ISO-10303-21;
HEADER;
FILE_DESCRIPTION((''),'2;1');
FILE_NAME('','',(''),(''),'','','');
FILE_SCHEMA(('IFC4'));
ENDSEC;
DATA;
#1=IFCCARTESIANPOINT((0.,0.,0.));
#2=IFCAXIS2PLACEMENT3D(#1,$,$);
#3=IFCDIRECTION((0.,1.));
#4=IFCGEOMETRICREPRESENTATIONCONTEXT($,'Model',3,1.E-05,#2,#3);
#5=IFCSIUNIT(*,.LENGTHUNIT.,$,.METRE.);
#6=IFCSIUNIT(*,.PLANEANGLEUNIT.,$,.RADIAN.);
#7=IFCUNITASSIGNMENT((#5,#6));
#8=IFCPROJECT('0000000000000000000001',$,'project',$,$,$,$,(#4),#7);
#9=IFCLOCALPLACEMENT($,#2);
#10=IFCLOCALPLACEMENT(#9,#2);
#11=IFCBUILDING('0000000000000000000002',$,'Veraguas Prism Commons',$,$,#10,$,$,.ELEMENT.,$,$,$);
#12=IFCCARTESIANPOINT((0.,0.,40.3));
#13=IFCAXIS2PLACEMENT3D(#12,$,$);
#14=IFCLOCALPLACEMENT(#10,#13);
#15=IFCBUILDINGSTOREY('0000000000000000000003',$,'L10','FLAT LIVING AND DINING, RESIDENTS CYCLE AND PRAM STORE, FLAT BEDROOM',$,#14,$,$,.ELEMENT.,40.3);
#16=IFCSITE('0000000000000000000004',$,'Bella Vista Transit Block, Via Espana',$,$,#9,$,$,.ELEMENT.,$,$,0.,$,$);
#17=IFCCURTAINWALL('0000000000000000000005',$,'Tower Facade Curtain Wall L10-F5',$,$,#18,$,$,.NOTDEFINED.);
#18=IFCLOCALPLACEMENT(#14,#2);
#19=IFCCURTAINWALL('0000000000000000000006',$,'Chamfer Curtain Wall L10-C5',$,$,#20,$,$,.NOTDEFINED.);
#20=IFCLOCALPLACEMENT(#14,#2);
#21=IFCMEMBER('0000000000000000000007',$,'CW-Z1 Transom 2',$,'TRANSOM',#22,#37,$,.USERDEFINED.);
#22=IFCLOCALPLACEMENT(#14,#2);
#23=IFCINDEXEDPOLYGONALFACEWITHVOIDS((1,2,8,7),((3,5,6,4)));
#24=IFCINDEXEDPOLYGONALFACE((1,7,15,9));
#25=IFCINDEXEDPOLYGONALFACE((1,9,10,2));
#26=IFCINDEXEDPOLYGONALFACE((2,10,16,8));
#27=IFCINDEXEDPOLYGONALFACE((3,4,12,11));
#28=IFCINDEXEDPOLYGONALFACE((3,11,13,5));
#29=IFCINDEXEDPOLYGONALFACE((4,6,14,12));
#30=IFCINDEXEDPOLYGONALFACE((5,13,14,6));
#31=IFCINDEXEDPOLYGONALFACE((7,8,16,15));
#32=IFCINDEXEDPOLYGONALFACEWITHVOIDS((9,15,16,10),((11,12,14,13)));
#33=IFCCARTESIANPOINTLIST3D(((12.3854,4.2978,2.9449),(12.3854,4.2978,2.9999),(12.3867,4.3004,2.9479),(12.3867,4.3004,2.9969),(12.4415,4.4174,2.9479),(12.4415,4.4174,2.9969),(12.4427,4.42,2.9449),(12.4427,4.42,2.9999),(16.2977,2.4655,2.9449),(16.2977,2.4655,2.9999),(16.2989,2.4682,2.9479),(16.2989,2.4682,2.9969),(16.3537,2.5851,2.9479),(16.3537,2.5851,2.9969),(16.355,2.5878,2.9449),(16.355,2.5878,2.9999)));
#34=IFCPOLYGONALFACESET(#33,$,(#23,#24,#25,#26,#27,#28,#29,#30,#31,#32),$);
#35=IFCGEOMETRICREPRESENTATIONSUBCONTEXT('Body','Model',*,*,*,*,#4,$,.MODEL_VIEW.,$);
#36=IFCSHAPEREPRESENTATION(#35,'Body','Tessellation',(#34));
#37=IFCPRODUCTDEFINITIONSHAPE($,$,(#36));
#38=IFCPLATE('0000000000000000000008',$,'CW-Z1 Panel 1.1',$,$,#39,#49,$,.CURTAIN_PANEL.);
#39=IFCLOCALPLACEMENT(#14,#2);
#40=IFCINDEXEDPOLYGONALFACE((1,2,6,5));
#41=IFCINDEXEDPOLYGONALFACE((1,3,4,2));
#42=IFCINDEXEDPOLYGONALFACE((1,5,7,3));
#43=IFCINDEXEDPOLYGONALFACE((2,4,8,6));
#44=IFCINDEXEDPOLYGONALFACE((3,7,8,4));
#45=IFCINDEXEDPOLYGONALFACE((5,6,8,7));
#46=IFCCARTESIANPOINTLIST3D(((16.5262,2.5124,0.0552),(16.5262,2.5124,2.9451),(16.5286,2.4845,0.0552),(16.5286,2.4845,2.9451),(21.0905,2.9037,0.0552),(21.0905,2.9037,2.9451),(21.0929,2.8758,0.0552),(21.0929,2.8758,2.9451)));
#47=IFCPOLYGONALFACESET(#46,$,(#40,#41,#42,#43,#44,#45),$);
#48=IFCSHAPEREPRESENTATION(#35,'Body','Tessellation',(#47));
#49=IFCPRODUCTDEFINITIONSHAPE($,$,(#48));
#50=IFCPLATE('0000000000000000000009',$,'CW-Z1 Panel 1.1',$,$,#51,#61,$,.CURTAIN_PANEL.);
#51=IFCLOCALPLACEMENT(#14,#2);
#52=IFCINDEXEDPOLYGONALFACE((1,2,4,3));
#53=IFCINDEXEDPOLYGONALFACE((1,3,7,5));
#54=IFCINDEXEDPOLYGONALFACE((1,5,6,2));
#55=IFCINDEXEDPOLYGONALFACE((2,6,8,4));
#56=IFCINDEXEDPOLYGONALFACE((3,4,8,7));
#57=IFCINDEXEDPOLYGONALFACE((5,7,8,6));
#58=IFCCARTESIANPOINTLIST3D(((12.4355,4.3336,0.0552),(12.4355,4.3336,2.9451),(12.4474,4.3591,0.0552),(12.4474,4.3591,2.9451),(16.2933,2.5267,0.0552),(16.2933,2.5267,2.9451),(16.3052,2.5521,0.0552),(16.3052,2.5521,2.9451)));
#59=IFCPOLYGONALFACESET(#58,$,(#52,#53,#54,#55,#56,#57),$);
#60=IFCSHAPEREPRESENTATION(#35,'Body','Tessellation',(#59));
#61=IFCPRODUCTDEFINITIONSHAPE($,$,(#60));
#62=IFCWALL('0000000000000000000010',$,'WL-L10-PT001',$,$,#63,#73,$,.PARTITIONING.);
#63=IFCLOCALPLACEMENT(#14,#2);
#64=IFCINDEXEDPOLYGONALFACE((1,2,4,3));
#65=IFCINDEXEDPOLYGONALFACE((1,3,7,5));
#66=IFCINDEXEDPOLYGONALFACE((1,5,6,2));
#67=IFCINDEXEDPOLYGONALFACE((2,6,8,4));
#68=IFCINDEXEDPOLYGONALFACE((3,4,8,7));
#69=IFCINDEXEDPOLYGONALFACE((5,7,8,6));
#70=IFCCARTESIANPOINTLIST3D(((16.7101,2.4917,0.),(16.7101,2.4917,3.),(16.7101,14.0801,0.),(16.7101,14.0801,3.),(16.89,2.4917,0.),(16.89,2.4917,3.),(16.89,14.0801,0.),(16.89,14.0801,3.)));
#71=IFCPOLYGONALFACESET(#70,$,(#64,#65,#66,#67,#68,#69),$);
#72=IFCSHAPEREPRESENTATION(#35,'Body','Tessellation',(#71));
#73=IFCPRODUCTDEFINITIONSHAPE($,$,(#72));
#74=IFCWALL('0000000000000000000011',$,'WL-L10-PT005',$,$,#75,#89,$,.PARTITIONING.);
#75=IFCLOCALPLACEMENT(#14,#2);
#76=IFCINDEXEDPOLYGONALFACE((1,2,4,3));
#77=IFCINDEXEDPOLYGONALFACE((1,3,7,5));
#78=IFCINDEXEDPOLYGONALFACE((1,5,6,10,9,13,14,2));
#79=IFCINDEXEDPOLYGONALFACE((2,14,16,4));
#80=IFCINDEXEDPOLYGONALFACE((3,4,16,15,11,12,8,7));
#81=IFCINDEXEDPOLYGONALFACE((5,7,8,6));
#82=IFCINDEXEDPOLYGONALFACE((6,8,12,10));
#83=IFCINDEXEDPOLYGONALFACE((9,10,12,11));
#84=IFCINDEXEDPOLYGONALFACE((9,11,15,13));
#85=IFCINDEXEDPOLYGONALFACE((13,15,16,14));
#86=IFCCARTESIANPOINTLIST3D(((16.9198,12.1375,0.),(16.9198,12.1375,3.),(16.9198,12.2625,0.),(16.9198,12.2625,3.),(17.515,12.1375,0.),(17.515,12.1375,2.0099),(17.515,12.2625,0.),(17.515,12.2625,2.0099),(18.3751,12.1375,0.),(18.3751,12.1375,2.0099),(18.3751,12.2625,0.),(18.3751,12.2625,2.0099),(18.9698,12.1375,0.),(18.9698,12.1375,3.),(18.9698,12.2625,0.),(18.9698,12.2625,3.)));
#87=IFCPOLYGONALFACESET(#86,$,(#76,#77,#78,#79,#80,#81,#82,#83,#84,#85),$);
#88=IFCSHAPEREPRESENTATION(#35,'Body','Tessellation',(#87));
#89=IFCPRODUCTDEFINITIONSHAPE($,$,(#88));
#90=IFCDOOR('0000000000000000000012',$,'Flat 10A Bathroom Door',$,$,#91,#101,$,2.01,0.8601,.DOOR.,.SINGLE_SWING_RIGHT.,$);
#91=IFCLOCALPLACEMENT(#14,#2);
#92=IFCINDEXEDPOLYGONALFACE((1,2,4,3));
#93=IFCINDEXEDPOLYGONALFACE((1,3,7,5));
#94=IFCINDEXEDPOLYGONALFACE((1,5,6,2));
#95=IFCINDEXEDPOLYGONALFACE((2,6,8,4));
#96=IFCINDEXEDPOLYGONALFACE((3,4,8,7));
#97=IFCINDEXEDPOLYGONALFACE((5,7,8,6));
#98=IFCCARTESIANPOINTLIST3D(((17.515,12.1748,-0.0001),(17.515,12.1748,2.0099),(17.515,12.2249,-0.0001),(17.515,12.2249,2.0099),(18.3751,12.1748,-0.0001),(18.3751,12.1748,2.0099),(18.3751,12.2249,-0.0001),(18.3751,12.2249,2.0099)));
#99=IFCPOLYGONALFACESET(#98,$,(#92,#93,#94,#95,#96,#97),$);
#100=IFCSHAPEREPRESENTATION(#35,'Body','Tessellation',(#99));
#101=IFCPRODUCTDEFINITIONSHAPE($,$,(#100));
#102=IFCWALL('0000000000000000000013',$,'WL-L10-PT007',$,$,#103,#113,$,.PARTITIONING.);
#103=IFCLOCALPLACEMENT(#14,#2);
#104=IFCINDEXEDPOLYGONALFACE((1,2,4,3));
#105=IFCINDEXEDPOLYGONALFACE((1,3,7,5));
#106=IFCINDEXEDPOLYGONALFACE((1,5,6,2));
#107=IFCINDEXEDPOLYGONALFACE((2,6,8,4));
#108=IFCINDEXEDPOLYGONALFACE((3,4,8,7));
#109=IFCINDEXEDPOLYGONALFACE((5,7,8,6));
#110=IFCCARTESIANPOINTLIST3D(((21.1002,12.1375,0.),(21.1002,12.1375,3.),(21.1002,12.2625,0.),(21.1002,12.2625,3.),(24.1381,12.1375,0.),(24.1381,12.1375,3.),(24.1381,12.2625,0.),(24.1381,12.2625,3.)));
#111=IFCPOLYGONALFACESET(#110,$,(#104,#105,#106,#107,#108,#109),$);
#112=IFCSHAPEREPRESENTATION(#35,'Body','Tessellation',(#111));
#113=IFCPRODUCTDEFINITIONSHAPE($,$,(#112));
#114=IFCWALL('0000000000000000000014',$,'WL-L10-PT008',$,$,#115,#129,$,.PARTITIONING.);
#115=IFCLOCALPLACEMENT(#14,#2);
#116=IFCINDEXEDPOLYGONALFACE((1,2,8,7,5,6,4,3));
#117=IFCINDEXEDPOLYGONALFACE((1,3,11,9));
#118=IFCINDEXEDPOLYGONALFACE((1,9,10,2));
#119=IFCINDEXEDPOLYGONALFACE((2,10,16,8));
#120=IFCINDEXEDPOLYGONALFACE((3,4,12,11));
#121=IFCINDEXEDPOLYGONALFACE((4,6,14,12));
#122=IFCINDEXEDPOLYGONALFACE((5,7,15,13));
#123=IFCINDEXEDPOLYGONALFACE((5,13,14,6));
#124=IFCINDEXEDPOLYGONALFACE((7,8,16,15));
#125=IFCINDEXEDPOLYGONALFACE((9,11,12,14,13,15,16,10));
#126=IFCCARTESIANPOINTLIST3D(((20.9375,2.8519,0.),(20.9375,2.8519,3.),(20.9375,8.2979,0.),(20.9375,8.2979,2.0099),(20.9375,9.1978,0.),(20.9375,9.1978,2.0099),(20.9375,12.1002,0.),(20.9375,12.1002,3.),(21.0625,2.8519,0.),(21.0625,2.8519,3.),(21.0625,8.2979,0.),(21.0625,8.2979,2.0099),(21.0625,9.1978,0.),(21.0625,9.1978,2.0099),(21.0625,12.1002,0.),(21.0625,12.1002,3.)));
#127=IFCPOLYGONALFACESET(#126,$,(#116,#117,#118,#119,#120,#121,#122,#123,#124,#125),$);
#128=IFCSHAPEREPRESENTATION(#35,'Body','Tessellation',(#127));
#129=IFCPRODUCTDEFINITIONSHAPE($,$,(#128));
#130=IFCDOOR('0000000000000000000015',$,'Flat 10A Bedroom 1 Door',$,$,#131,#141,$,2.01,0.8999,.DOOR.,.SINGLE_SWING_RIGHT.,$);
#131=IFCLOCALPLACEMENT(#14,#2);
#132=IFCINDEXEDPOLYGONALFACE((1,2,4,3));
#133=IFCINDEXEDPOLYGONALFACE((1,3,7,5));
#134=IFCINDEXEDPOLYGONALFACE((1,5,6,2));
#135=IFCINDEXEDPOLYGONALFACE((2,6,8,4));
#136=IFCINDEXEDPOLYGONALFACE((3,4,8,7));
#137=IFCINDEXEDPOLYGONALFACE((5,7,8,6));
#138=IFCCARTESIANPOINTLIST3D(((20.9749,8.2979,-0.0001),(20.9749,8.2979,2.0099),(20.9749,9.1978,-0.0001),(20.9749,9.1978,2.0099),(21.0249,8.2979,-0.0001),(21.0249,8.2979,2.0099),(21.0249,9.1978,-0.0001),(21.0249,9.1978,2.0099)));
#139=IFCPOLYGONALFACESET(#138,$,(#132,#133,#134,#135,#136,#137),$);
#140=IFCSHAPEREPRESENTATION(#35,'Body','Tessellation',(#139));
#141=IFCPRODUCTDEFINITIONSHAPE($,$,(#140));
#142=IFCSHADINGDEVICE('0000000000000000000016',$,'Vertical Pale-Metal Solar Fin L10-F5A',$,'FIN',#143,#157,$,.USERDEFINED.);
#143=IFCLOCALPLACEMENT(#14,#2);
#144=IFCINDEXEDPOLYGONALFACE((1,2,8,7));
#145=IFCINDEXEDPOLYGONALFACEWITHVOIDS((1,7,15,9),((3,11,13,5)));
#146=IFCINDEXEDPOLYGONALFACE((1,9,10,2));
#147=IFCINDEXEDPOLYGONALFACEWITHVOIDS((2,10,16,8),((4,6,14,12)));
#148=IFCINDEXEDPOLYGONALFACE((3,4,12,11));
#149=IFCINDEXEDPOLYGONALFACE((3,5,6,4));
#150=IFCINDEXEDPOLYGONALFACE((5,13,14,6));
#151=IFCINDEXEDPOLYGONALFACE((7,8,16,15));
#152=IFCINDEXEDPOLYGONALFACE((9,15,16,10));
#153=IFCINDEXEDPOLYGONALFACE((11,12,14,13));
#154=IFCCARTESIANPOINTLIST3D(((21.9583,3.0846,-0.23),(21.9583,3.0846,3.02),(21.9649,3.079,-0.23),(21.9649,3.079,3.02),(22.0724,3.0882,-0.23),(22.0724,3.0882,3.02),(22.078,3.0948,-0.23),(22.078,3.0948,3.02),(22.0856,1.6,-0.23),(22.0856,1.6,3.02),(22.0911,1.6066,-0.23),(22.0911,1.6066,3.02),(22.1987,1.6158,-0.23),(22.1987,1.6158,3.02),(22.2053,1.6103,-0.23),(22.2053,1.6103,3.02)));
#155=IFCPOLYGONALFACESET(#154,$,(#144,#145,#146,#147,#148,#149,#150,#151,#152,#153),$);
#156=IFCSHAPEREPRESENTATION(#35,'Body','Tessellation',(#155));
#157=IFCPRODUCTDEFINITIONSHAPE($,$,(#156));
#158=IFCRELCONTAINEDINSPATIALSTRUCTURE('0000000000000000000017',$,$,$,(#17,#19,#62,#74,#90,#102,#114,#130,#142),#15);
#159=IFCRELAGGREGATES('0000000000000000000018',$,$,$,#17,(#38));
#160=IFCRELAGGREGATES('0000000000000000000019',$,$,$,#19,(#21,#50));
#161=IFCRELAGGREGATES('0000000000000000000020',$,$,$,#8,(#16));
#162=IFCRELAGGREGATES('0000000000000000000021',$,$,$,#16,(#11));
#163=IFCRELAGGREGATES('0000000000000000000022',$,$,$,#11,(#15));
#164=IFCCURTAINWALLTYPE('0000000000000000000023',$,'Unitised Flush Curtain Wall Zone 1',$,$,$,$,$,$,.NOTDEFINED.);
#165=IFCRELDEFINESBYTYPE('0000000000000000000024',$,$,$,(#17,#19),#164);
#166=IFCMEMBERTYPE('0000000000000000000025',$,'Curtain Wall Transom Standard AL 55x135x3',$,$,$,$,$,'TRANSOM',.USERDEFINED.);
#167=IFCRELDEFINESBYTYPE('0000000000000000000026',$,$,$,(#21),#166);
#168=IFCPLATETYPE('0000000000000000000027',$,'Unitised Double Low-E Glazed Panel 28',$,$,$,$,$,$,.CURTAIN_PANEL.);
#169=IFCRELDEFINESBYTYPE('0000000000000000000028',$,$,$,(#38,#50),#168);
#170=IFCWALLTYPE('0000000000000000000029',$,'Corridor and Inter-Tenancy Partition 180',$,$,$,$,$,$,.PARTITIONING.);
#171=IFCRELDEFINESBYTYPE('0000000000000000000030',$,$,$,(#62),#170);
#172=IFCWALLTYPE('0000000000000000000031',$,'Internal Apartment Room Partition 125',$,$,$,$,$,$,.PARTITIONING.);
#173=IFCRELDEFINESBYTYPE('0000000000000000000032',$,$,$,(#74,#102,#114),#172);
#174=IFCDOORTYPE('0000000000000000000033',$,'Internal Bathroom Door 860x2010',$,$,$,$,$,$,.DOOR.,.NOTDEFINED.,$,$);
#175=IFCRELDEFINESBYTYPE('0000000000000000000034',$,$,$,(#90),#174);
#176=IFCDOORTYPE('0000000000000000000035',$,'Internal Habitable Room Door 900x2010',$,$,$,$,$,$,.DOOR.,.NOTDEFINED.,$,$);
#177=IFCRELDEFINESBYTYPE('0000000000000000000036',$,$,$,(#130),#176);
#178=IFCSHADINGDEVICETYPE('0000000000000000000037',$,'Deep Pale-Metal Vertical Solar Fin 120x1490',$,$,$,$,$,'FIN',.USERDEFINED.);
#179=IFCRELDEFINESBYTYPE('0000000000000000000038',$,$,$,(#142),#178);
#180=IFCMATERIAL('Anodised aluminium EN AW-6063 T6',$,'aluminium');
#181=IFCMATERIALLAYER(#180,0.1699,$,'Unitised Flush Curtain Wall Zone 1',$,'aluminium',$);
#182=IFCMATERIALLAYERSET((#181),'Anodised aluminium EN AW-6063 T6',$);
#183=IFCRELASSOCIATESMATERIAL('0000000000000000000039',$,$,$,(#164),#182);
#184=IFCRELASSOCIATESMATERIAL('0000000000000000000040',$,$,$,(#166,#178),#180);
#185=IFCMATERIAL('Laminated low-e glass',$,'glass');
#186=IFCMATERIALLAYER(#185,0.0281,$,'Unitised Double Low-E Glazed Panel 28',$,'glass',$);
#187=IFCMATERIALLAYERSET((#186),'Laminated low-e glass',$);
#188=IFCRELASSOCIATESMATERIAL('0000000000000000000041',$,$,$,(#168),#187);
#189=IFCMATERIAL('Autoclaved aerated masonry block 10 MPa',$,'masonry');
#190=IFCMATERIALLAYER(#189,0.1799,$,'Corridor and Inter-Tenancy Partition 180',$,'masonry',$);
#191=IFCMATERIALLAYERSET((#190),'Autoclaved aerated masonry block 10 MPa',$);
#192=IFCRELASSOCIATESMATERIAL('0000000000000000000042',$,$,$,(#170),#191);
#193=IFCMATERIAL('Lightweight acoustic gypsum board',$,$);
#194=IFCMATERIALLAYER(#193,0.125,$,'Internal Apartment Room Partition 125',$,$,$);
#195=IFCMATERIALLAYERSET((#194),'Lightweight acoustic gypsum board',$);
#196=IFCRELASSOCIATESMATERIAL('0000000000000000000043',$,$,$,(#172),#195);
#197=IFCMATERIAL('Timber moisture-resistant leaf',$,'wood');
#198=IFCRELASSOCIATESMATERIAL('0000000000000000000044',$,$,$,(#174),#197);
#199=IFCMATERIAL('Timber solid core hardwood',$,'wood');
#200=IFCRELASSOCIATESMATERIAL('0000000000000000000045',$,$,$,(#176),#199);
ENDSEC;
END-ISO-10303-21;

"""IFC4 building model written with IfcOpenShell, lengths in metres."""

from ifc_helpers import new_model, si_unit, direction, frame, frame_2d, origin, origin_2d, place, context, subcontext, project, spatial, rectangle, hollow_rectangle, extrude, source, transform, mapped, material, layer, layer_set, material_profile, profile_set, type_object, element, fill, aggregate, save


model = new_model("IFC4")

# Units and contexts
model_context = context("Model", 3, precision=1e-05, world=origin(), true_north=direction((0.0, 1.0)))
body_context = subcontext(model_context, "Body", "Model", "MODEL_VIEW")
ifc_project = project(units=[si_unit("LENGTHUNIT", "METRE"), si_unit("PLANEANGLEUNIT", "RADIAN")], contexts=[model_context])

# Site, building, storey
site_placement = place(None, origin())
site = spatial("IfcSite", under=ifc_project, at=site_placement, Name="Bella Vista Transit Block, Via Espana", CompositionType="ELEMENT", RefElevation=0.0)
building_placement = place(site_placement, origin())
building = spatial("IfcBuilding", under=site, at=building_placement, Name="Veraguas Prism Commons", CompositionType="ELEMENT")
storey_placement = place(building_placement, frame((0.0, 0.0, 40.3)))
storey = spatial("IfcBuildingStorey", under=building, at=storey_placement, Name="L10", Description="FLAT LIVING AND DINING, RESIDENTS CYCLE AND PRAM STORE, FLAT BEDROOM", CompositionType="ELEMENT", Elevation=40.3)

# Curtain walls, member
ifc_material_1 = material(Name="Anodised aluminium EN AW-6063 T6", Category="aluminium")
ifc_layer_1 = layer(ifc_material_1, 0.1699, Name="Unitised Flush Curtain Wall Zone 1", Category="aluminium")
ifc_layer_set_1 = layer_set([ifc_layer_1], Name="Anodised aluminium EN AW-6063 T6")
curtain_wall_type = type_object("IfcCurtainWallType", Name="Unitised Flush Curtain Wall Zone 1", PredefinedType="NOTDEFINED", material=ifc_layer_set_1)
curtain_wall_1_placement = place(storey_placement, origin())
curtain_wall_1 = element("IfcCurtainWall", 1, at=curtain_wall_1_placement, inside=storey, type_object=curtain_wall_type, Name="Tower Facade Curtain Wall L10-F5", PredefinedType="NOTDEFINED")
ifc_material_profile_1 = material_profile(ifc_material_1, hollow_rectangle(XDim=0.0549, YDim=0.135, WallThickness=0.0029, at=origin_2d()), Name="AL55X135X3")
ifc_profile_set_1 = profile_set([ifc_material_profile_1], Name="Anodised aluminium EN AW-6063 T6")
member_type_1 = type_object("IfcMemberType", Name="Curtain Wall Transom Standard AL 55x135x3", ElementType="TRANSOM", PredefinedType="USERDEFINED", material=ifc_profile_set_1)
curtain_wall_2_placement = place(storey_placement, origin())
curtain_wall_2 = element("IfcCurtainWall", 2, at=curtain_wall_2_placement, inside=storey, type_object=curtain_wall_type, Name="Chamfer Curtain Wall L10-C5", PredefinedType="NOTDEFINED")
shared_shape_1 = source(origin(), body_context, "Body", "SweptSolid", [
    extrude(hollow_rectangle(XDim=0.0549, YDim=0.135, WallThickness=0.0029, at=origin_2d()), origin(), (0.0, 0.0, 1.0), 4.3201),
])
member_1_placement = place(storey_placement, frame((12.4141, 4.3589, 2.9724), z_axis=(0.905605, -0.424123, 0.0), x_axis=(0.0, 0.0, 1.0)))
member_1 = element("IfcMember", 3, at=member_1_placement, type_object=member_type_1, Name="CW-Z1 Transom 2", ObjectType="TRANSOM", PredefinedType="USERDEFINED", context=body_context, shape_type="MappedRepresentation", body=[
    mapped(shared_shape_1, transform((0.0, 0.0, 0.0), scale=1.0)),
])

# Plates
ifc_material_2 = material(Name="Laminated low-e glass", Category="glass")
ifc_layer_2 = layer(ifc_material_2, 0.0281, Name="Unitised Double Low-E Glazed Panel 28", Category="glass")
ifc_layer_set_2 = layer_set([ifc_layer_2], Name="Laminated low-e glass")
plate_type = type_object("IfcPlateType", Name="Unitised Double Low-E Glazed Panel 28", PredefinedType="CURTAIN_PANEL", material=ifc_layer_set_2)
shared_shape_2 = source(origin(), body_context, "Body", "SweptSolid", [
    extrude(rectangle(XDim=4.5811, YDim=0.0281, at=origin_2d()), origin(), (0.0, 0.0, 1.0), 2.8899),
])
plate_1_placement = place(storey_placement, frame((18.8096, 2.6941, 0.0552), z_axis=(0.0, 0.0, 1.0), x_axis=(0.996345, 0.085417, 0.0)))
plate_1 = element("IfcPlate", 4, at=plate_1_placement, type_object=plate_type, Name="CW-Z1 Panel 1.1", PredefinedType="CURTAIN_PANEL", context=body_context, shape_type="MappedRepresentation", body=[
    mapped(shared_shape_2, transform((0.0, 0.0, 0.0), scale=1.0)),
])
aggregate(curtain_wall_1, [plate_1])
shared_shape_3 = source(origin(), body_context, "Body", "SweptSolid", [
    extrude(rectangle(XDim=4.26, YDim=0.0281, at=origin_2d()), origin(), (0.0, 0.0, 1.0), 2.8899),
])
plate_2_placement = place(storey_placement, frame((14.3704, 3.4429, 0.0552), z_axis=(0.0, 0.0, 1.0), x_axis=(0.905581, -0.424173, 0.0)))
plate_2 = element("IfcPlate", 5, at=plate_2_placement, type_object=plate_type, Name="CW-Z1 Panel 1.1", PredefinedType="CURTAIN_PANEL", context=body_context, shape_type="MappedRepresentation", body=[
    mapped(shared_shape_3, transform((0.0, 0.0, 0.0), scale=1.0)),
])
aggregate(curtain_wall_2, [member_1, plate_2])

# Wall
ifc_material_3 = material(Name="Autoclaved aerated masonry block 10 MPa", Category="masonry")
ifc_layer_3 = layer(ifc_material_3, 0.1799, Name="Corridor and Inter-Tenancy Partition 180", Category="masonry")
ifc_layer_set_3 = layer_set([ifc_layer_3], Name="Autoclaved aerated masonry block 10 MPa")
wall_type_1 = type_object("IfcWallType", Name="Corridor and Inter-Tenancy Partition 180", PredefinedType="PARTITIONING", material=ifc_layer_set_3)
wall_1_placement = place(storey_placement, frame((16.8, 14.0801, 0.0), z_axis=(0.0, 0.0, 1.0), x_axis=(0.0, -1.0, 0.0)))
element("IfcWall", 6, at=wall_1_placement, inside=storey, type_object=wall_type_1, Name="WL-L10-PT001", PredefinedType="PARTITIONING", context=body_context, shape_type="SweptSolid", body=[
    extrude(rectangle(XDim=11.5884, YDim=0.1799, at=frame_2d((5.7942, 0.0))), origin(), (0.0, 0.0, 1.0), 3.0),
])

# Wall, opening, door
ifc_material_4 = material(Name="Lightweight acoustic gypsum board")
ifc_layer_4 = layer(ifc_material_4, 0.125, Name="Internal Apartment Room Partition 125")
ifc_layer_set_4 = layer_set([ifc_layer_4], Name="Lightweight acoustic gypsum board")
wall_type_2 = type_object("IfcWallType", Name="Internal Apartment Room Partition 125", PredefinedType="PARTITIONING", material=ifc_layer_set_4)
wall_2_placement = place(storey_placement, frame((16.9199, 12.2, 0.0), z_axis=(0.0, 0.0, 1.0), x_axis=(1.0, 0.0, 0.0)))
wall_2 = element("IfcWall", 7, at=wall_2_placement, inside=storey, type_object=wall_type_2, Name="WL-L10-PT005", PredefinedType="PARTITIONING", context=body_context, shape_type="SweptSolid", body=[
    extrude(rectangle(XDim=2.05, YDim=0.125, at=frame_2d((1.0249, 0.0))), origin(), (0.0, 0.0, 1.0), 3.0),
])
opening_1_placement = place(wall_2_placement, frame((0.595, 0.0, 0.0)))
opening_1 = element("IfcOpeningElement", 8, at=opening_1_placement, cuts=wall_2, PredefinedType="OPENING", context=body_context, shape_type="SweptSolid", body=[
    extrude(rectangle(XDim=0.8601, YDim=2.01, at=frame_2d((0.4302, 1.0049))), frame((0.0, 0.0725, 0.0), z_axis=(0.0, -1.0, 0.0), x_axis=(1.0, 0.0, 0.0)), (0.0, 0.0, 1.0), 0.145),
])
ifc_material_5 = material(Name="Timber moisture-resistant leaf", Category="wood")
door_type_1 = type_object("IfcDoorType", Name="Internal Bathroom Door 860x2010", OperationType="NOTDEFINED", PredefinedType="DOOR", material=ifc_material_5)
shared_shape_4 = source(origin(), body_context, "Body", "SweptSolid", [
    extrude(rectangle(XDim=0.8601, YDim=2.01, at=frame_2d((0.4302, 1.0049))), frame((0.0, 0.0249, 0.0), z_axis=(0.0, -1.0, 0.0), x_axis=(1.0, 0.0, 0.0)), (0.0, 0.0, 1.0), 0.05),
])
door_1_placement = place(opening_1_placement, origin())
door_1 = element("IfcDoor", 9, at=door_1_placement, inside=storey, type_object=door_type_1, Name="Flat 10A Bathroom Door", OperationType="SINGLE_SWING_RIGHT", OverallHeight=2.01, OverallWidth=0.8601, PredefinedType="DOOR", context=body_context, shape_type="MappedRepresentation", body=[
    mapped(shared_shape_4, transform((0.0, 0.0, 0.0), scale=1.0)),
])
fill(opening_1, door_1)

# Wall
wall_3_placement = place(storey_placement, frame((21.1001, 12.2, 0.0), z_axis=(0.0, 0.0, 1.0), x_axis=(1.0, 0.0, 0.0)))
element("IfcWall", 10, at=wall_3_placement, inside=storey, type_object=wall_type_2, Name="WL-L10-PT007", PredefinedType="PARTITIONING", context=body_context, shape_type="SweptSolid", body=[
    extrude(rectangle(XDim=3.0378, YDim=0.125, at=frame_2d((1.519, 0.0))), origin(), (0.0, 0.0, 1.0), 3.0),
])

# Wall, opening, door
wall_4_placement = place(storey_placement, frame((21.0, 12.1001, 0.0), z_axis=(0.0, 0.0, 1.0), x_axis=(0.0, -1.0, 0.0)))
wall_4 = element("IfcWall", 11, at=wall_4_placement, inside=storey, type_object=wall_type_2, Name="WL-L10-PT008", PredefinedType="PARTITIONING", context=body_context, shape_type="SweptSolid", body=[
    extrude(rectangle(XDim=9.2483, YDim=0.125, at=frame_2d((4.624, 0.0))), origin(), (0.0, 0.0, 1.0), 3.0),
])
opening_2_placement = place(wall_4_placement, frame((2.9023, 0.0, 0.0)))
opening_2 = element("IfcOpeningElement", 12, at=opening_2_placement, cuts=wall_4, PredefinedType="OPENING", context=body_context, shape_type="SweptSolid", body=[
    extrude(rectangle(XDim=0.8999, YDim=2.01, at=frame_2d((0.45, 1.0049))), frame((0.0, 0.0725, 0.0), z_axis=(0.0, -1.0, 0.0), x_axis=(1.0, 0.0, 0.0)), (0.0, 0.0, 1.0), 0.145),
])
ifc_material_6 = material(Name="Timber solid core hardwood", Category="wood")
door_type_2 = type_object("IfcDoorType", Name="Internal Habitable Room Door 900x2010", OperationType="NOTDEFINED", PredefinedType="DOOR", material=ifc_material_6)
shared_shape_5 = source(origin(), body_context, "Body", "SweptSolid", [
    extrude(rectangle(XDim=0.8999, YDim=2.01, at=frame_2d((0.45, 1.0049))), frame((0.0, 0.0249, 0.0), z_axis=(0.0, -1.0, 0.0), x_axis=(1.0, 0.0, 0.0)), (0.0, 0.0, 1.0), 0.05),
])
door_2_placement = place(opening_2_placement, origin())
door_2 = element("IfcDoor", 13, at=door_2_placement, inside=storey, type_object=door_type_2, Name="Flat 10A Bedroom 1 Door", OperationType="SINGLE_SWING_RIGHT", OverallHeight=2.01, OverallWidth=0.8999, PredefinedType="DOOR", context=body_context, shape_type="MappedRepresentation", body=[
    mapped(shared_shape_5, transform((0.0, 0.0, 0.0), scale=1.0)),
])
fill(opening_2, door_2)

# Shading device
ifc_material_profile_2 = material_profile(ifc_material_1, hollow_rectangle(XDim=0.1201, YDim=1.49, WallThickness=0.0061, at=origin_2d()), Name="FIN120X1490X6")
ifc_profile_set_2 = profile_set([ifc_material_profile_2], Name="Anodised aluminium EN AW-6063 T6")
shading_device_type = type_object("IfcShadingDeviceType", Name="Deep Pale-Metal Vertical Solar Fin 120x1490", ElementType="FIN", PredefinedType="USERDEFINED", material=ifc_profile_set_2)
shading_device_placement = place(storey_placement, frame((22.0818, 2.3474, -0.23), z_axis=(0.0, 0.0, 1.0), x_axis=(0.996346, 0.085413, 0.0)))
element("IfcShadingDevice", 14, at=shading_device_placement, inside=storey, type_object=shading_device_type, Name="Vertical Pale-Metal Solar Fin L10-F5A", ObjectType="FIN", PredefinedType="USERDEFINED", context=body_context, shape_type="SweptSolid", body=[
    extrude(hollow_rectangle(XDim=0.1201, YDim=1.49, WallThickness=0.0061, at=origin_2d()), origin(), (0.0, 0.0, 1.0), 3.25),
])

save(model, "model.ifc")
